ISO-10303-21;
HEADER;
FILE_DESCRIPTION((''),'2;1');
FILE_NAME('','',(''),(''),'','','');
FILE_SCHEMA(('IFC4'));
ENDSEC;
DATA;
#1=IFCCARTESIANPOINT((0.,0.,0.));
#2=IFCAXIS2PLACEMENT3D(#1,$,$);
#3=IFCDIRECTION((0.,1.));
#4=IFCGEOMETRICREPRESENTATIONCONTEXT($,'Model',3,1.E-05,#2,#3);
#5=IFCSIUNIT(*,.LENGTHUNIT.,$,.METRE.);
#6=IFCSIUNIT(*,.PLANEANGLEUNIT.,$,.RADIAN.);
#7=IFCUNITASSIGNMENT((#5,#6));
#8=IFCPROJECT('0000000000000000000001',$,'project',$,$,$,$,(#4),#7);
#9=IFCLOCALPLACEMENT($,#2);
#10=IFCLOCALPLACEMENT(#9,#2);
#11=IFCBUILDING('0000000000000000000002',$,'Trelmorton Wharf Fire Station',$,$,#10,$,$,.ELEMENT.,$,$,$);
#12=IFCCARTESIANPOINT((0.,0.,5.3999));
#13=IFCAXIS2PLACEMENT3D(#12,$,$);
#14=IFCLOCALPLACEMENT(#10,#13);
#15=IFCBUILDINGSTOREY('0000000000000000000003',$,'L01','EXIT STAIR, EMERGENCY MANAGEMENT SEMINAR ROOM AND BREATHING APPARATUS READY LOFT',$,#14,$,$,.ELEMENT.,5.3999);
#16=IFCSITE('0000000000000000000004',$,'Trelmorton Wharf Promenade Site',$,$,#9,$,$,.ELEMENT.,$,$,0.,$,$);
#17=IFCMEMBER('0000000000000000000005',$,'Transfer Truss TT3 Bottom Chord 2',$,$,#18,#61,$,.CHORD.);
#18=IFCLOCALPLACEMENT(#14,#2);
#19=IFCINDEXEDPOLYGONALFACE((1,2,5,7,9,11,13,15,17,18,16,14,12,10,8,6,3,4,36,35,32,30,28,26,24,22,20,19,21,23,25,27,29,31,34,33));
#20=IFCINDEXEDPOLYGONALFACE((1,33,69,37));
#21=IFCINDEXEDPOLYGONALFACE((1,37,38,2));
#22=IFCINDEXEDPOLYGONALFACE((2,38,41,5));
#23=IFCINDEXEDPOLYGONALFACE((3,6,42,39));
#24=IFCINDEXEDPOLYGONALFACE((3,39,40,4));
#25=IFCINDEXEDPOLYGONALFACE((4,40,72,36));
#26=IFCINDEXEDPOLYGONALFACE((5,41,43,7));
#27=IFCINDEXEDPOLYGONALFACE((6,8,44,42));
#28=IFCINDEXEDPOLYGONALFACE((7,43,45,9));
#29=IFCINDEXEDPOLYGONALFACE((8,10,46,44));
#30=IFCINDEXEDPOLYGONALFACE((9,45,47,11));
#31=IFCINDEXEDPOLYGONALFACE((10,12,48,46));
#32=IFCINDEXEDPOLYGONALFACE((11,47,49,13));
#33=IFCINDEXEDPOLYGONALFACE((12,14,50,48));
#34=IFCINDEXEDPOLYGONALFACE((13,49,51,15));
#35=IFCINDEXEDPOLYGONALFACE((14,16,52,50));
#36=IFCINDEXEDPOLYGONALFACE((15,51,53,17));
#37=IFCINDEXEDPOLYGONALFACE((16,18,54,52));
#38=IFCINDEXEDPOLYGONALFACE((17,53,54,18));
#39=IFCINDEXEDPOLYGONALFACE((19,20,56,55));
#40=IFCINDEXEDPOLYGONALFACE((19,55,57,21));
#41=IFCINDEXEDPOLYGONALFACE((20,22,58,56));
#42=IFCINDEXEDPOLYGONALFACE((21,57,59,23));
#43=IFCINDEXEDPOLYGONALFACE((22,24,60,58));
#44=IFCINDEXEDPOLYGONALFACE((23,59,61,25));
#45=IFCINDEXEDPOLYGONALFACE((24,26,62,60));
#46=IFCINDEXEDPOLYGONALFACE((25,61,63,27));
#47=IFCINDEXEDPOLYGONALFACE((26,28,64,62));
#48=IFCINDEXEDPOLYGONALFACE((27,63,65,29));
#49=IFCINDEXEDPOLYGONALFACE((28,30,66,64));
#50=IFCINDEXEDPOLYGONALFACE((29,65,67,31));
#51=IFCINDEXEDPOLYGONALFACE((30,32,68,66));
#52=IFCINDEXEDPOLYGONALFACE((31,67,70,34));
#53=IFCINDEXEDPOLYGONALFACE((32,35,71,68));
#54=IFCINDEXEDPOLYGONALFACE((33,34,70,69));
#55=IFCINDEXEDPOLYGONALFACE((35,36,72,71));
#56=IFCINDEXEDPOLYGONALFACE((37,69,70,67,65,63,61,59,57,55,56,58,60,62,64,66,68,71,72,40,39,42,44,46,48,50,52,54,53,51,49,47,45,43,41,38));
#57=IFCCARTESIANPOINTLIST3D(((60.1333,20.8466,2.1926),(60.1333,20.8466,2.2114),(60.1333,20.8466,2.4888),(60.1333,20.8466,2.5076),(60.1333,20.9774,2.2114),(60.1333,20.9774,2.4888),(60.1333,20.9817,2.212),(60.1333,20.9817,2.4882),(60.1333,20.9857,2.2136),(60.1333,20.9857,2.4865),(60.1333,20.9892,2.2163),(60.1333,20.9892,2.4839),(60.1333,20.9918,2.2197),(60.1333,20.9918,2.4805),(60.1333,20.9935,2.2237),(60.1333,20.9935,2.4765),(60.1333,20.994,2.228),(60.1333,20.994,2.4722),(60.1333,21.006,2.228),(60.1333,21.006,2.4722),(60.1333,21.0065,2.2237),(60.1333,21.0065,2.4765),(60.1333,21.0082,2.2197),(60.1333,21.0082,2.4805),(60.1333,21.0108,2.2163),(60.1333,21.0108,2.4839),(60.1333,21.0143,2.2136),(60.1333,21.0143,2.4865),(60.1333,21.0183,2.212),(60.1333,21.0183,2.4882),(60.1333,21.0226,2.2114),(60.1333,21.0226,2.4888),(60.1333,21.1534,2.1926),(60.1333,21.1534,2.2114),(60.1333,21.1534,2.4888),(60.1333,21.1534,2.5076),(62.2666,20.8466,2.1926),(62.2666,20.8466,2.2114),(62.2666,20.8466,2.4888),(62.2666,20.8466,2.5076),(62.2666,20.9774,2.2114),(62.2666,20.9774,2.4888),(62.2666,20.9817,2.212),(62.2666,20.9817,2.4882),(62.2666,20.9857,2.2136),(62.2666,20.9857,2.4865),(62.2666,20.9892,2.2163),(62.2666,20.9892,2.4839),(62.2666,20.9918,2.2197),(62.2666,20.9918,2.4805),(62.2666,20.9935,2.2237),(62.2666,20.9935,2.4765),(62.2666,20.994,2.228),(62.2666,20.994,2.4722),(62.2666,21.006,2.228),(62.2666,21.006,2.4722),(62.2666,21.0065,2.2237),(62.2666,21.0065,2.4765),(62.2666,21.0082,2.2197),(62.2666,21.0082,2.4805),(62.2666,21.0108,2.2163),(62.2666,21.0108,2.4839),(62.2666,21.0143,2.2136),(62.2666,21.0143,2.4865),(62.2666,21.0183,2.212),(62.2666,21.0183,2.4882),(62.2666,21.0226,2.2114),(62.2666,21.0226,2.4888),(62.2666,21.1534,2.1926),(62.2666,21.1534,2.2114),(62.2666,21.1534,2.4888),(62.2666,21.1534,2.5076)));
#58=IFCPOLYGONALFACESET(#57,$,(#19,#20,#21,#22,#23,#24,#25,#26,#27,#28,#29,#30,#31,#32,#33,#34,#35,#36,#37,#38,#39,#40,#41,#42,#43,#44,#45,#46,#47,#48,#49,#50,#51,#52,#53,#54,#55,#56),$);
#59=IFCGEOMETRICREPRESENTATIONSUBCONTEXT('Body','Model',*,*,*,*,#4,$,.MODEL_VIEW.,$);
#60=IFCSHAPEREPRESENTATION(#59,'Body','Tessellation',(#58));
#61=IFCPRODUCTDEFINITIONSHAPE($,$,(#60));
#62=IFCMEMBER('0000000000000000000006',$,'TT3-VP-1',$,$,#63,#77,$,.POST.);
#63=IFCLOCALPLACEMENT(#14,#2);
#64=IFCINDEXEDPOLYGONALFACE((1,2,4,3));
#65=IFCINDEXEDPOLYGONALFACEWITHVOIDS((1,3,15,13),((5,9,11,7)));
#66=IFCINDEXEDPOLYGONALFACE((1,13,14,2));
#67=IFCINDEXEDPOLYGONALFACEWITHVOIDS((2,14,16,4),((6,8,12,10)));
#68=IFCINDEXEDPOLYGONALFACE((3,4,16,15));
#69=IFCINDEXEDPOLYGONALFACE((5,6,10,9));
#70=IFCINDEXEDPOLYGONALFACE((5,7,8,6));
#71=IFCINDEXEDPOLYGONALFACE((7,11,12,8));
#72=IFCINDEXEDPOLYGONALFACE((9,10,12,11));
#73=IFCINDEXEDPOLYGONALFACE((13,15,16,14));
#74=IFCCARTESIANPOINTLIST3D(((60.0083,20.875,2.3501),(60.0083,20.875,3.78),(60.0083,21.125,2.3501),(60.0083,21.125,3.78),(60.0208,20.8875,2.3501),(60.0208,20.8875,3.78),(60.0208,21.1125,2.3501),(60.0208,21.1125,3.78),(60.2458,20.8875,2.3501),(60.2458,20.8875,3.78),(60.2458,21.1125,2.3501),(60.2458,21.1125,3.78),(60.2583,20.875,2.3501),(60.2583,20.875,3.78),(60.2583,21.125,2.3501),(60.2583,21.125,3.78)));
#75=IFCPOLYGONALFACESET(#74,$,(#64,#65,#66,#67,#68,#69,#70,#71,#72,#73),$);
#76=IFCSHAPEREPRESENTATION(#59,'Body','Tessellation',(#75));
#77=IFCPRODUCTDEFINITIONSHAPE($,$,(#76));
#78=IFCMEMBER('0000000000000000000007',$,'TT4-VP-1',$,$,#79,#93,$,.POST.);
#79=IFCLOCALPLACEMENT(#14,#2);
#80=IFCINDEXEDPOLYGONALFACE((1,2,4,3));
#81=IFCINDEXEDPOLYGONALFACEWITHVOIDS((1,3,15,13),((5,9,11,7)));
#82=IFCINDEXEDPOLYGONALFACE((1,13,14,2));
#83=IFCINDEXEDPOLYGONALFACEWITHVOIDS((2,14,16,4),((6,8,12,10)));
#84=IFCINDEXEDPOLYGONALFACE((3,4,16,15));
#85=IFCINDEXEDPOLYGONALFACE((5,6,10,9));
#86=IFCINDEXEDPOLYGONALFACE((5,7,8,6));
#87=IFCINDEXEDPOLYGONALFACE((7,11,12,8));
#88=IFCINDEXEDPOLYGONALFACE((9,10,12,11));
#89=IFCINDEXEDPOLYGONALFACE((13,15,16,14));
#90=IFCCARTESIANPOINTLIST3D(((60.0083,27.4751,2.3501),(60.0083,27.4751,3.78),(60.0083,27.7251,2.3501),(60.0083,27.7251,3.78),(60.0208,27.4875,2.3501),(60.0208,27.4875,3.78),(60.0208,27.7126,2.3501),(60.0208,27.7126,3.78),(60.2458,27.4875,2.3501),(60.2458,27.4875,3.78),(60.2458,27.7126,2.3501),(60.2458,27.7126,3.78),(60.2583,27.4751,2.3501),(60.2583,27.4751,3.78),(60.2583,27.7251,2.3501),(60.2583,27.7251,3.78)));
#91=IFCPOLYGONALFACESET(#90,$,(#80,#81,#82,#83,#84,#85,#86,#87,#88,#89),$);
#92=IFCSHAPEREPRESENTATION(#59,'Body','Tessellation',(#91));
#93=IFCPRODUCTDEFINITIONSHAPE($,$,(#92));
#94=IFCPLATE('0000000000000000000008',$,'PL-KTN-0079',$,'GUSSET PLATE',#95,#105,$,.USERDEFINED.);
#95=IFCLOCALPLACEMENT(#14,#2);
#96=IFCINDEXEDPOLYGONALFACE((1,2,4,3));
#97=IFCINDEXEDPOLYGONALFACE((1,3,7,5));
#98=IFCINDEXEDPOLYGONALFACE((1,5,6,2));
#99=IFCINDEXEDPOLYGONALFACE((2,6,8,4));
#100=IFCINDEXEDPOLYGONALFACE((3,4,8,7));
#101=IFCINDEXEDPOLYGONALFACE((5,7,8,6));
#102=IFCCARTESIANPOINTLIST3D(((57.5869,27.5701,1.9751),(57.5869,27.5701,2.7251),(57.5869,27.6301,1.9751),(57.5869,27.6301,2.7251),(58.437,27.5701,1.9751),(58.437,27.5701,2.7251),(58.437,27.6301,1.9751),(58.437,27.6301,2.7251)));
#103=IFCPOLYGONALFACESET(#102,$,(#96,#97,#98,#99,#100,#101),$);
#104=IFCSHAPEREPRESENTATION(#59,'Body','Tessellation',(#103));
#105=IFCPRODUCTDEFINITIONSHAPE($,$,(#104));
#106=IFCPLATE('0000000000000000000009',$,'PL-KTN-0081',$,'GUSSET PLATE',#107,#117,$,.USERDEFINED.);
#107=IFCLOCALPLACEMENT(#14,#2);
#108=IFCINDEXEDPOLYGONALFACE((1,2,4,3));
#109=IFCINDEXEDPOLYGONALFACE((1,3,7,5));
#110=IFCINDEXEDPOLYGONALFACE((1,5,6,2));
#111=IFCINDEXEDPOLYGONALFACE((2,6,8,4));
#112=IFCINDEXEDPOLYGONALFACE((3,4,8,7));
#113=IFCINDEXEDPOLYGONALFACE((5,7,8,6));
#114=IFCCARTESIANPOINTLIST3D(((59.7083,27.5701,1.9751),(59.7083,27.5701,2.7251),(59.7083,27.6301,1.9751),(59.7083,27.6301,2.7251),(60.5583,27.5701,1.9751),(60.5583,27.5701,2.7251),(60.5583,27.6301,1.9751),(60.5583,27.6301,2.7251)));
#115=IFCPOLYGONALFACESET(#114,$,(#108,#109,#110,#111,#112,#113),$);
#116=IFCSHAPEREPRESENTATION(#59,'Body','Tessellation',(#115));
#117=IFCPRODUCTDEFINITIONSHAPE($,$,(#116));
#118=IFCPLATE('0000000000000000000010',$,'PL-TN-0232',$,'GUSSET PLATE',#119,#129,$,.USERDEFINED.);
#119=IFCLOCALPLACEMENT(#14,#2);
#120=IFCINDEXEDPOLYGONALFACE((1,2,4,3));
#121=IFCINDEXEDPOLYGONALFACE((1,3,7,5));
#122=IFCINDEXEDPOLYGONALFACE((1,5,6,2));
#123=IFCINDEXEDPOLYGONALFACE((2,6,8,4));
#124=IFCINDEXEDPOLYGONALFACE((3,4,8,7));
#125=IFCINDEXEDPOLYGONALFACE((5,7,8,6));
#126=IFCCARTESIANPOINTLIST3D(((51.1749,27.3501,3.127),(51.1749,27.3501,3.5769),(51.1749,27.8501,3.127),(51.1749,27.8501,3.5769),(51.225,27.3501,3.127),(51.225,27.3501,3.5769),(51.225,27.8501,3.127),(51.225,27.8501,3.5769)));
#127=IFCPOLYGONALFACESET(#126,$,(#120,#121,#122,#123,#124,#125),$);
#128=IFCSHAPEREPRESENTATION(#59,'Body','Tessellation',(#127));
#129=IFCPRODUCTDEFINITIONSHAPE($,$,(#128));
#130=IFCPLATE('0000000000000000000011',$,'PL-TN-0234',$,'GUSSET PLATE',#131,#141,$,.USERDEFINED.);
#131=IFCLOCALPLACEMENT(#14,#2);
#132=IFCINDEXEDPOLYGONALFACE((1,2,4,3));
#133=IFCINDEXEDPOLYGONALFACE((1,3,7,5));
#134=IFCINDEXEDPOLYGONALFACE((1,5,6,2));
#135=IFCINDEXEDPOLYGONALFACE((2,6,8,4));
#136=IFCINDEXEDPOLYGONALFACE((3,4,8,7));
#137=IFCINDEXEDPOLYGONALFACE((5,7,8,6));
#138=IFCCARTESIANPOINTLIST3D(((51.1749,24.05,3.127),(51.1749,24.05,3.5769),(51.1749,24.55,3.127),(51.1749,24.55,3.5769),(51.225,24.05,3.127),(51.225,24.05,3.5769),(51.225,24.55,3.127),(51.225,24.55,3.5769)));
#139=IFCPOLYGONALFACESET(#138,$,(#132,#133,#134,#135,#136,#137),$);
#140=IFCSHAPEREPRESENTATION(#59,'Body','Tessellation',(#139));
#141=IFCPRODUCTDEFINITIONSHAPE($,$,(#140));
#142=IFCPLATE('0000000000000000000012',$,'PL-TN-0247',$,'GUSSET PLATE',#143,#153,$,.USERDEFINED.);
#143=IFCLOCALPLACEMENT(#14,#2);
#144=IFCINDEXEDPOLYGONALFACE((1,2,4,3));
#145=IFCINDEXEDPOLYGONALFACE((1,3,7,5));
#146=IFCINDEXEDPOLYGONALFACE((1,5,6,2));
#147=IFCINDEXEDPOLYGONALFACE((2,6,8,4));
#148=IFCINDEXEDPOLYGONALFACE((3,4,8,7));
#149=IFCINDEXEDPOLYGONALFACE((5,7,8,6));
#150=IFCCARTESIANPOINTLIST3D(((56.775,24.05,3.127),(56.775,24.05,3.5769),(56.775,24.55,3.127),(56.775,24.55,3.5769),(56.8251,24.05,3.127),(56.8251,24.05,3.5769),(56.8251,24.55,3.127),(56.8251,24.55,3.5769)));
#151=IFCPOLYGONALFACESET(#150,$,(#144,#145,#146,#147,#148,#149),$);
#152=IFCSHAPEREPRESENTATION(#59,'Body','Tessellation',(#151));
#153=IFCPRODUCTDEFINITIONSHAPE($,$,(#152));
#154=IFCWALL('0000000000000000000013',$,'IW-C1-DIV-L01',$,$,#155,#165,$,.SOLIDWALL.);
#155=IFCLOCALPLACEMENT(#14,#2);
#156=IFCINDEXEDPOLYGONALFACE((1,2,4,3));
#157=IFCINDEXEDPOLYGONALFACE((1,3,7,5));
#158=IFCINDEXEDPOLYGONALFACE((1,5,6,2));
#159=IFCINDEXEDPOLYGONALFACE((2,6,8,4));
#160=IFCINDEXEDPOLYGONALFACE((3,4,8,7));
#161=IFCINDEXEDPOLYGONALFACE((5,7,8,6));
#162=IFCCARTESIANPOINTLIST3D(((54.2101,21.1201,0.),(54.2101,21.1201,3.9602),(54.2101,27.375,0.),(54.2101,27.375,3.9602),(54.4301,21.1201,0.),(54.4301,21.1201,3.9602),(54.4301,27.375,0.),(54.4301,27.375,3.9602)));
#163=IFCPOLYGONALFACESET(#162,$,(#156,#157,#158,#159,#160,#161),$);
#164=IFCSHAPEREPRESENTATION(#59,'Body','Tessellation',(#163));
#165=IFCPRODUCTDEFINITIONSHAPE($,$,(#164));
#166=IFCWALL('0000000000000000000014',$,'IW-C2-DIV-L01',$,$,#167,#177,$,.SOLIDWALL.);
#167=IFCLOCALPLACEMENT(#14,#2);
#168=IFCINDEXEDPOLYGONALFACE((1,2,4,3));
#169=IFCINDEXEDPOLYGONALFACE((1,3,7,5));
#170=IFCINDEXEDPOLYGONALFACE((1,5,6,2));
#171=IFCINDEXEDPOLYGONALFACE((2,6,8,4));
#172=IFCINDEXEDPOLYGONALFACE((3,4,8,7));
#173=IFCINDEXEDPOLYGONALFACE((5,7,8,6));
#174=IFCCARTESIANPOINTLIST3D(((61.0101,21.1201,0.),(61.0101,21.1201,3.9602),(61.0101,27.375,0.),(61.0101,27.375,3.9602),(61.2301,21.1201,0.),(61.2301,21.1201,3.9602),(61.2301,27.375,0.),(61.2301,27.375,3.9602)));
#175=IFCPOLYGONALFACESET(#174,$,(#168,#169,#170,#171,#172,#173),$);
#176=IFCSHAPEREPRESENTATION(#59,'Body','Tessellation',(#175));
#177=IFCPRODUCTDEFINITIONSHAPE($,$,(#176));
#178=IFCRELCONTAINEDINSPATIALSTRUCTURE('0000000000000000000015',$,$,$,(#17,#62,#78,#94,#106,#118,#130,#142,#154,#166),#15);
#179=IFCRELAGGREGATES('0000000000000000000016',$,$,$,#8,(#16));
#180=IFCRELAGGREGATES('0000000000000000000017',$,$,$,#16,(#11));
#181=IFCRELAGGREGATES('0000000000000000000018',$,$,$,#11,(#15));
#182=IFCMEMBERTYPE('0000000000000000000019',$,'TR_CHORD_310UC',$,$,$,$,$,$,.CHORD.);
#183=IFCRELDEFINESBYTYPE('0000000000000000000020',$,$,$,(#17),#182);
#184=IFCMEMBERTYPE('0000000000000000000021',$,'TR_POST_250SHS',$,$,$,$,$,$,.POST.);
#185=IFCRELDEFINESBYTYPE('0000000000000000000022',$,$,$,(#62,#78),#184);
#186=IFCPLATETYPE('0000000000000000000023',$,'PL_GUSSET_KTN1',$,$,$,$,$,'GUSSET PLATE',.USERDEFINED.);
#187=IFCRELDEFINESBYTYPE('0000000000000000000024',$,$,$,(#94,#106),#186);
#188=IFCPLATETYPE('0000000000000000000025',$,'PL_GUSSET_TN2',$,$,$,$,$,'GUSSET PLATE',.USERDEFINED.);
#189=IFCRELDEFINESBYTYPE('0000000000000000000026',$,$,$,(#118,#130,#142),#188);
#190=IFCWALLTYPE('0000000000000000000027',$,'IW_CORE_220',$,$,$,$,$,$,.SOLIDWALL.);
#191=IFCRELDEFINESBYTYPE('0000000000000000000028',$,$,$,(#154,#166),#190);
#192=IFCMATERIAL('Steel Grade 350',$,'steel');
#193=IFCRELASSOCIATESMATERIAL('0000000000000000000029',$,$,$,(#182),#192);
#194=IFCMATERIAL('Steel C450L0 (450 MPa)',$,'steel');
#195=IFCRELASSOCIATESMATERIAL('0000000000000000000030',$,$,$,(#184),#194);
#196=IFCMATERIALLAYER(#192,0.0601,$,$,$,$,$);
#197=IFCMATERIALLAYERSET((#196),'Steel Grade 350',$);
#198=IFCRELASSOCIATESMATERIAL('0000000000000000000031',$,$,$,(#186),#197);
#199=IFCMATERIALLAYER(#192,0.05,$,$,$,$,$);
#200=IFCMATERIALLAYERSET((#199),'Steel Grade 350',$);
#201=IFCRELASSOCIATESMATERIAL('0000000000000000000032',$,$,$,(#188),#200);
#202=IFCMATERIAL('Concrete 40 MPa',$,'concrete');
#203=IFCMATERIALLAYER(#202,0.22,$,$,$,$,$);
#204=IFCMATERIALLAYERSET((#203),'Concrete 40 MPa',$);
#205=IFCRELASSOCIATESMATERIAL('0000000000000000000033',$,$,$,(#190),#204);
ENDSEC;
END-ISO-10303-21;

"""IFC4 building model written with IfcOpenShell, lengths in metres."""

from ifc_helpers import new_model, si_unit, direction, frame, frame_2d, origin, origin_2d, place, context, subcontext, project, spatial, rectangle, hollow_rectangle, i_section, extrude, material, layer, layer_set, material_profile, profile_set, type_object, element, save


model = new_model("IFC4")

# Units and contexts
model_context = context("Model", 3, precision=1e-05, world=origin(), true_north=direction((0.0, 1.0)))
body_context = subcontext(model_context, "Body", "Model", "MODEL_VIEW")
ifc_project = project(units=[si_unit("LENGTHUNIT", "METRE"), si_unit("PLANEANGLEUNIT", "RADIAN")], contexts=[model_context])

# Site, building, storey
site_placement = place(None, origin())
site = spatial("IfcSite", under=ifc_project, at=site_placement, Name="Trelmorton Wharf Promenade Site", CompositionType="ELEMENT", RefElevation=0.0)
building_placement = place(site_placement, origin())
building = spatial("IfcBuilding", under=site, at=building_placement, Name="Trelmorton Wharf Fire Station", CompositionType="ELEMENT")
storey_placement = place(building_placement, frame((0.0, 0.0, 5.3999)))
storey = spatial("IfcBuildingStorey", under=building, at=storey_placement, Name="L01", Description="EXIT STAIR, EMERGENCY MANAGEMENT SEMINAR ROOM AND BREATHING APPARATUS READY LOFT", CompositionType="ELEMENT", Elevation=5.3999)

# Shared definitions
ifc_material_1 = material(Name="Steel Grade 350", Category="steel")

# Members
ifc_material_2 = material(Name="Steel C450L0 (450 MPa)", Category="steel")
ifc_material_profile_1 = material_profile(ifc_material_1, i_section(OverallWidth=0.3069, OverallDepth=0.3149, WebThickness=0.012, FlangeThickness=0.0188, FilletRadius=0.0166, at=origin_2d()), Name="310UC118")
ifc_profile_set_1 = profile_set([ifc_material_profile_1], Name="Steel Grade 350")
member_type_1 = type_object("IfcMemberType", Name="TR_CHORD_310UC", PredefinedType="CHORD", material=ifc_profile_set_1)
member_1_placement = place(storey_placement, frame((60.1333, 21.0, 2.3501), z_axis=(1.0, 0.0, 0.0), x_axis=(0.0, 1.0, 0.0)))
element("IfcMember", 1, at=member_1_placement, inside=storey, type_object=member_type_1, Name="Transfer Truss TT3 Bottom Chord 2", PredefinedType="CHORD", context=body_context, shape_type="SweptSolid", body=[
    extrude(i_section(OverallWidth=0.3069, OverallDepth=0.3149, WebThickness=0.012, FlangeThickness=0.0188, FilletRadius=0.0166, at=origin_2d()), origin(), (0.0, 0.0, 1.0), 2.1333),
])
ifc_material_profile_2 = material_profile(ifc_material_2, hollow_rectangle(XDim=0.25, YDim=0.25, WallThickness=0.0125, at=origin_2d()), Name="250x250x12.5SHS")
ifc_profile_set_2 = profile_set([ifc_material_profile_2], Name="Steel C450L0 (450 MPa)")
member_type_2 = type_object("IfcMemberType", Name="TR_POST_250SHS", PredefinedType="POST", material=ifc_profile_set_2)
for number, where, z_axis, x_axis, name in (
    (2, (60.1333, 21.0, 2.3501), (0.0, 0.0, 1.0), (1.0, 0.0, 0.0), "TT3-VP-1"),
    (3, (60.1333, 27.6001, 2.3501), (0.0, 0.0, 1.0), (1.0, 0.0, 0.0), "TT4-VP-1"),
):
    element("IfcMember", number, at=place(storey_placement, frame(where, z_axis=z_axis, x_axis=x_axis)), inside=storey, type_object=member_type_2, Name=name, PredefinedType="POST", context=body_context, shape_type="SweptSolid", body=[
        extrude(hollow_rectangle(XDim=0.25, YDim=0.25, WallThickness=0.0125, at=origin_2d()), origin(), (0.0, 0.0, 1.0), 1.4299),
    ])

# Plates
ifc_layer_1 = layer(ifc_material_1, 0.0601)
ifc_layer_set_1 = layer_set([ifc_layer_1], Name="Steel Grade 350")
plate_type_1 = type_object("IfcPlateType", Name="PL_GUSSET_KTN1", ElementType="GUSSET PLATE", PredefinedType="USERDEFINED", material=ifc_layer_set_1)
for number, where, z_axis, x_axis, name in (
    (4, (58.012, 27.6001, 1.9751), (0.0, 0.0, 1.0), (1.0, 0.0, 0.0), "PL-KTN-0079"),
    (5, (60.1333, 27.6001, 1.9751), (0.0, 0.0, 1.0), (1.0, 0.0, 0.0), "PL-KTN-0081"),
):
    element("IfcPlate", number, at=place(storey_placement, frame(where, z_axis=z_axis, x_axis=x_axis)), inside=storey, type_object=plate_type_1, Name=name, ObjectType="GUSSET PLATE", PredefinedType="USERDEFINED", context=body_context, shape_type="SweptSolid", body=[
        extrude(rectangle(XDim=0.8501, YDim=0.0601, at=origin_2d()), origin(), (0.0, 0.0, 1.0), 0.75),
    ])
ifc_layer_2 = layer(ifc_material_1, 0.05)
ifc_layer_set_2 = layer_set([ifc_layer_2], Name="Steel Grade 350")
plate_type_2 = type_object("IfcPlateType", Name="PL_GUSSET_TN2", ElementType="GUSSET PLATE", PredefinedType="USERDEFINED", material=ifc_layer_set_2)
for number, where, z_axis, x_axis, name in (
    (6, (51.2, 27.6001, 3.127), (0.0, 0.0, 1.0), (1.0, 0.0, 0.0), "PL-TN-0232"),
    (7, (51.2, 24.3, 3.127), (0.0, 0.0, 1.0), (1.0, 0.0, 0.0), "PL-TN-0234"),
    (8, (56.8, 24.3, 3.127), (0.0, 0.0, 1.0), (1.0, 0.0, 0.0), "PL-TN-0247"),
):
    element("IfcPlate", number, at=place(storey_placement, frame(where, z_axis=z_axis, x_axis=x_axis)), inside=storey, type_object=plate_type_2, Name=name, ObjectType="GUSSET PLATE", PredefinedType="USERDEFINED", context=body_context, shape_type="SweptSolid", body=[
        extrude(rectangle(XDim=0.05, YDim=0.5, at=origin_2d()), origin(), (0.0, 0.0, 1.0), 0.45),
    ])

# Walls
ifc_material_3 = material(Name="Concrete 40 MPa", Category="concrete")
ifc_layer_3 = layer(ifc_material_3, 0.22)
ifc_layer_set_3 = layer_set([ifc_layer_3], Name="Concrete 40 MPa")
wall_type_1 = type_object("IfcWallType", Name="IW_CORE_220", PredefinedType="SOLIDWALL", material=ifc_layer_set_3)
for number, where, z_axis, x_axis, name in (
    (9, (54.3201, 21.1201, 0.0), (0.0, 0.0, 1.0), (0.0, 1.0, 0.0), "IW-C1-DIV-L01"),
    (10, (61.1201, 21.1201, 0.0), (0.0, 0.0, 1.0), (0.0, 1.0, 0.0), "IW-C2-DIV-L01"),
):
    element("IfcWall", number, at=place(storey_placement, frame(where, z_axis=z_axis, x_axis=x_axis)), inside=storey, type_object=wall_type_1, Name=name, PredefinedType="SOLIDWALL", context=body_context, shape_type="SweptSolid", body=[
        extrude(rectangle(XDim=6.2549, YDim=0.22, at=frame_2d((3.1274, 0.0))), origin(), (0.0, 0.0, 1.0), 3.9602),
    ])

save(model, "model.ifc")
